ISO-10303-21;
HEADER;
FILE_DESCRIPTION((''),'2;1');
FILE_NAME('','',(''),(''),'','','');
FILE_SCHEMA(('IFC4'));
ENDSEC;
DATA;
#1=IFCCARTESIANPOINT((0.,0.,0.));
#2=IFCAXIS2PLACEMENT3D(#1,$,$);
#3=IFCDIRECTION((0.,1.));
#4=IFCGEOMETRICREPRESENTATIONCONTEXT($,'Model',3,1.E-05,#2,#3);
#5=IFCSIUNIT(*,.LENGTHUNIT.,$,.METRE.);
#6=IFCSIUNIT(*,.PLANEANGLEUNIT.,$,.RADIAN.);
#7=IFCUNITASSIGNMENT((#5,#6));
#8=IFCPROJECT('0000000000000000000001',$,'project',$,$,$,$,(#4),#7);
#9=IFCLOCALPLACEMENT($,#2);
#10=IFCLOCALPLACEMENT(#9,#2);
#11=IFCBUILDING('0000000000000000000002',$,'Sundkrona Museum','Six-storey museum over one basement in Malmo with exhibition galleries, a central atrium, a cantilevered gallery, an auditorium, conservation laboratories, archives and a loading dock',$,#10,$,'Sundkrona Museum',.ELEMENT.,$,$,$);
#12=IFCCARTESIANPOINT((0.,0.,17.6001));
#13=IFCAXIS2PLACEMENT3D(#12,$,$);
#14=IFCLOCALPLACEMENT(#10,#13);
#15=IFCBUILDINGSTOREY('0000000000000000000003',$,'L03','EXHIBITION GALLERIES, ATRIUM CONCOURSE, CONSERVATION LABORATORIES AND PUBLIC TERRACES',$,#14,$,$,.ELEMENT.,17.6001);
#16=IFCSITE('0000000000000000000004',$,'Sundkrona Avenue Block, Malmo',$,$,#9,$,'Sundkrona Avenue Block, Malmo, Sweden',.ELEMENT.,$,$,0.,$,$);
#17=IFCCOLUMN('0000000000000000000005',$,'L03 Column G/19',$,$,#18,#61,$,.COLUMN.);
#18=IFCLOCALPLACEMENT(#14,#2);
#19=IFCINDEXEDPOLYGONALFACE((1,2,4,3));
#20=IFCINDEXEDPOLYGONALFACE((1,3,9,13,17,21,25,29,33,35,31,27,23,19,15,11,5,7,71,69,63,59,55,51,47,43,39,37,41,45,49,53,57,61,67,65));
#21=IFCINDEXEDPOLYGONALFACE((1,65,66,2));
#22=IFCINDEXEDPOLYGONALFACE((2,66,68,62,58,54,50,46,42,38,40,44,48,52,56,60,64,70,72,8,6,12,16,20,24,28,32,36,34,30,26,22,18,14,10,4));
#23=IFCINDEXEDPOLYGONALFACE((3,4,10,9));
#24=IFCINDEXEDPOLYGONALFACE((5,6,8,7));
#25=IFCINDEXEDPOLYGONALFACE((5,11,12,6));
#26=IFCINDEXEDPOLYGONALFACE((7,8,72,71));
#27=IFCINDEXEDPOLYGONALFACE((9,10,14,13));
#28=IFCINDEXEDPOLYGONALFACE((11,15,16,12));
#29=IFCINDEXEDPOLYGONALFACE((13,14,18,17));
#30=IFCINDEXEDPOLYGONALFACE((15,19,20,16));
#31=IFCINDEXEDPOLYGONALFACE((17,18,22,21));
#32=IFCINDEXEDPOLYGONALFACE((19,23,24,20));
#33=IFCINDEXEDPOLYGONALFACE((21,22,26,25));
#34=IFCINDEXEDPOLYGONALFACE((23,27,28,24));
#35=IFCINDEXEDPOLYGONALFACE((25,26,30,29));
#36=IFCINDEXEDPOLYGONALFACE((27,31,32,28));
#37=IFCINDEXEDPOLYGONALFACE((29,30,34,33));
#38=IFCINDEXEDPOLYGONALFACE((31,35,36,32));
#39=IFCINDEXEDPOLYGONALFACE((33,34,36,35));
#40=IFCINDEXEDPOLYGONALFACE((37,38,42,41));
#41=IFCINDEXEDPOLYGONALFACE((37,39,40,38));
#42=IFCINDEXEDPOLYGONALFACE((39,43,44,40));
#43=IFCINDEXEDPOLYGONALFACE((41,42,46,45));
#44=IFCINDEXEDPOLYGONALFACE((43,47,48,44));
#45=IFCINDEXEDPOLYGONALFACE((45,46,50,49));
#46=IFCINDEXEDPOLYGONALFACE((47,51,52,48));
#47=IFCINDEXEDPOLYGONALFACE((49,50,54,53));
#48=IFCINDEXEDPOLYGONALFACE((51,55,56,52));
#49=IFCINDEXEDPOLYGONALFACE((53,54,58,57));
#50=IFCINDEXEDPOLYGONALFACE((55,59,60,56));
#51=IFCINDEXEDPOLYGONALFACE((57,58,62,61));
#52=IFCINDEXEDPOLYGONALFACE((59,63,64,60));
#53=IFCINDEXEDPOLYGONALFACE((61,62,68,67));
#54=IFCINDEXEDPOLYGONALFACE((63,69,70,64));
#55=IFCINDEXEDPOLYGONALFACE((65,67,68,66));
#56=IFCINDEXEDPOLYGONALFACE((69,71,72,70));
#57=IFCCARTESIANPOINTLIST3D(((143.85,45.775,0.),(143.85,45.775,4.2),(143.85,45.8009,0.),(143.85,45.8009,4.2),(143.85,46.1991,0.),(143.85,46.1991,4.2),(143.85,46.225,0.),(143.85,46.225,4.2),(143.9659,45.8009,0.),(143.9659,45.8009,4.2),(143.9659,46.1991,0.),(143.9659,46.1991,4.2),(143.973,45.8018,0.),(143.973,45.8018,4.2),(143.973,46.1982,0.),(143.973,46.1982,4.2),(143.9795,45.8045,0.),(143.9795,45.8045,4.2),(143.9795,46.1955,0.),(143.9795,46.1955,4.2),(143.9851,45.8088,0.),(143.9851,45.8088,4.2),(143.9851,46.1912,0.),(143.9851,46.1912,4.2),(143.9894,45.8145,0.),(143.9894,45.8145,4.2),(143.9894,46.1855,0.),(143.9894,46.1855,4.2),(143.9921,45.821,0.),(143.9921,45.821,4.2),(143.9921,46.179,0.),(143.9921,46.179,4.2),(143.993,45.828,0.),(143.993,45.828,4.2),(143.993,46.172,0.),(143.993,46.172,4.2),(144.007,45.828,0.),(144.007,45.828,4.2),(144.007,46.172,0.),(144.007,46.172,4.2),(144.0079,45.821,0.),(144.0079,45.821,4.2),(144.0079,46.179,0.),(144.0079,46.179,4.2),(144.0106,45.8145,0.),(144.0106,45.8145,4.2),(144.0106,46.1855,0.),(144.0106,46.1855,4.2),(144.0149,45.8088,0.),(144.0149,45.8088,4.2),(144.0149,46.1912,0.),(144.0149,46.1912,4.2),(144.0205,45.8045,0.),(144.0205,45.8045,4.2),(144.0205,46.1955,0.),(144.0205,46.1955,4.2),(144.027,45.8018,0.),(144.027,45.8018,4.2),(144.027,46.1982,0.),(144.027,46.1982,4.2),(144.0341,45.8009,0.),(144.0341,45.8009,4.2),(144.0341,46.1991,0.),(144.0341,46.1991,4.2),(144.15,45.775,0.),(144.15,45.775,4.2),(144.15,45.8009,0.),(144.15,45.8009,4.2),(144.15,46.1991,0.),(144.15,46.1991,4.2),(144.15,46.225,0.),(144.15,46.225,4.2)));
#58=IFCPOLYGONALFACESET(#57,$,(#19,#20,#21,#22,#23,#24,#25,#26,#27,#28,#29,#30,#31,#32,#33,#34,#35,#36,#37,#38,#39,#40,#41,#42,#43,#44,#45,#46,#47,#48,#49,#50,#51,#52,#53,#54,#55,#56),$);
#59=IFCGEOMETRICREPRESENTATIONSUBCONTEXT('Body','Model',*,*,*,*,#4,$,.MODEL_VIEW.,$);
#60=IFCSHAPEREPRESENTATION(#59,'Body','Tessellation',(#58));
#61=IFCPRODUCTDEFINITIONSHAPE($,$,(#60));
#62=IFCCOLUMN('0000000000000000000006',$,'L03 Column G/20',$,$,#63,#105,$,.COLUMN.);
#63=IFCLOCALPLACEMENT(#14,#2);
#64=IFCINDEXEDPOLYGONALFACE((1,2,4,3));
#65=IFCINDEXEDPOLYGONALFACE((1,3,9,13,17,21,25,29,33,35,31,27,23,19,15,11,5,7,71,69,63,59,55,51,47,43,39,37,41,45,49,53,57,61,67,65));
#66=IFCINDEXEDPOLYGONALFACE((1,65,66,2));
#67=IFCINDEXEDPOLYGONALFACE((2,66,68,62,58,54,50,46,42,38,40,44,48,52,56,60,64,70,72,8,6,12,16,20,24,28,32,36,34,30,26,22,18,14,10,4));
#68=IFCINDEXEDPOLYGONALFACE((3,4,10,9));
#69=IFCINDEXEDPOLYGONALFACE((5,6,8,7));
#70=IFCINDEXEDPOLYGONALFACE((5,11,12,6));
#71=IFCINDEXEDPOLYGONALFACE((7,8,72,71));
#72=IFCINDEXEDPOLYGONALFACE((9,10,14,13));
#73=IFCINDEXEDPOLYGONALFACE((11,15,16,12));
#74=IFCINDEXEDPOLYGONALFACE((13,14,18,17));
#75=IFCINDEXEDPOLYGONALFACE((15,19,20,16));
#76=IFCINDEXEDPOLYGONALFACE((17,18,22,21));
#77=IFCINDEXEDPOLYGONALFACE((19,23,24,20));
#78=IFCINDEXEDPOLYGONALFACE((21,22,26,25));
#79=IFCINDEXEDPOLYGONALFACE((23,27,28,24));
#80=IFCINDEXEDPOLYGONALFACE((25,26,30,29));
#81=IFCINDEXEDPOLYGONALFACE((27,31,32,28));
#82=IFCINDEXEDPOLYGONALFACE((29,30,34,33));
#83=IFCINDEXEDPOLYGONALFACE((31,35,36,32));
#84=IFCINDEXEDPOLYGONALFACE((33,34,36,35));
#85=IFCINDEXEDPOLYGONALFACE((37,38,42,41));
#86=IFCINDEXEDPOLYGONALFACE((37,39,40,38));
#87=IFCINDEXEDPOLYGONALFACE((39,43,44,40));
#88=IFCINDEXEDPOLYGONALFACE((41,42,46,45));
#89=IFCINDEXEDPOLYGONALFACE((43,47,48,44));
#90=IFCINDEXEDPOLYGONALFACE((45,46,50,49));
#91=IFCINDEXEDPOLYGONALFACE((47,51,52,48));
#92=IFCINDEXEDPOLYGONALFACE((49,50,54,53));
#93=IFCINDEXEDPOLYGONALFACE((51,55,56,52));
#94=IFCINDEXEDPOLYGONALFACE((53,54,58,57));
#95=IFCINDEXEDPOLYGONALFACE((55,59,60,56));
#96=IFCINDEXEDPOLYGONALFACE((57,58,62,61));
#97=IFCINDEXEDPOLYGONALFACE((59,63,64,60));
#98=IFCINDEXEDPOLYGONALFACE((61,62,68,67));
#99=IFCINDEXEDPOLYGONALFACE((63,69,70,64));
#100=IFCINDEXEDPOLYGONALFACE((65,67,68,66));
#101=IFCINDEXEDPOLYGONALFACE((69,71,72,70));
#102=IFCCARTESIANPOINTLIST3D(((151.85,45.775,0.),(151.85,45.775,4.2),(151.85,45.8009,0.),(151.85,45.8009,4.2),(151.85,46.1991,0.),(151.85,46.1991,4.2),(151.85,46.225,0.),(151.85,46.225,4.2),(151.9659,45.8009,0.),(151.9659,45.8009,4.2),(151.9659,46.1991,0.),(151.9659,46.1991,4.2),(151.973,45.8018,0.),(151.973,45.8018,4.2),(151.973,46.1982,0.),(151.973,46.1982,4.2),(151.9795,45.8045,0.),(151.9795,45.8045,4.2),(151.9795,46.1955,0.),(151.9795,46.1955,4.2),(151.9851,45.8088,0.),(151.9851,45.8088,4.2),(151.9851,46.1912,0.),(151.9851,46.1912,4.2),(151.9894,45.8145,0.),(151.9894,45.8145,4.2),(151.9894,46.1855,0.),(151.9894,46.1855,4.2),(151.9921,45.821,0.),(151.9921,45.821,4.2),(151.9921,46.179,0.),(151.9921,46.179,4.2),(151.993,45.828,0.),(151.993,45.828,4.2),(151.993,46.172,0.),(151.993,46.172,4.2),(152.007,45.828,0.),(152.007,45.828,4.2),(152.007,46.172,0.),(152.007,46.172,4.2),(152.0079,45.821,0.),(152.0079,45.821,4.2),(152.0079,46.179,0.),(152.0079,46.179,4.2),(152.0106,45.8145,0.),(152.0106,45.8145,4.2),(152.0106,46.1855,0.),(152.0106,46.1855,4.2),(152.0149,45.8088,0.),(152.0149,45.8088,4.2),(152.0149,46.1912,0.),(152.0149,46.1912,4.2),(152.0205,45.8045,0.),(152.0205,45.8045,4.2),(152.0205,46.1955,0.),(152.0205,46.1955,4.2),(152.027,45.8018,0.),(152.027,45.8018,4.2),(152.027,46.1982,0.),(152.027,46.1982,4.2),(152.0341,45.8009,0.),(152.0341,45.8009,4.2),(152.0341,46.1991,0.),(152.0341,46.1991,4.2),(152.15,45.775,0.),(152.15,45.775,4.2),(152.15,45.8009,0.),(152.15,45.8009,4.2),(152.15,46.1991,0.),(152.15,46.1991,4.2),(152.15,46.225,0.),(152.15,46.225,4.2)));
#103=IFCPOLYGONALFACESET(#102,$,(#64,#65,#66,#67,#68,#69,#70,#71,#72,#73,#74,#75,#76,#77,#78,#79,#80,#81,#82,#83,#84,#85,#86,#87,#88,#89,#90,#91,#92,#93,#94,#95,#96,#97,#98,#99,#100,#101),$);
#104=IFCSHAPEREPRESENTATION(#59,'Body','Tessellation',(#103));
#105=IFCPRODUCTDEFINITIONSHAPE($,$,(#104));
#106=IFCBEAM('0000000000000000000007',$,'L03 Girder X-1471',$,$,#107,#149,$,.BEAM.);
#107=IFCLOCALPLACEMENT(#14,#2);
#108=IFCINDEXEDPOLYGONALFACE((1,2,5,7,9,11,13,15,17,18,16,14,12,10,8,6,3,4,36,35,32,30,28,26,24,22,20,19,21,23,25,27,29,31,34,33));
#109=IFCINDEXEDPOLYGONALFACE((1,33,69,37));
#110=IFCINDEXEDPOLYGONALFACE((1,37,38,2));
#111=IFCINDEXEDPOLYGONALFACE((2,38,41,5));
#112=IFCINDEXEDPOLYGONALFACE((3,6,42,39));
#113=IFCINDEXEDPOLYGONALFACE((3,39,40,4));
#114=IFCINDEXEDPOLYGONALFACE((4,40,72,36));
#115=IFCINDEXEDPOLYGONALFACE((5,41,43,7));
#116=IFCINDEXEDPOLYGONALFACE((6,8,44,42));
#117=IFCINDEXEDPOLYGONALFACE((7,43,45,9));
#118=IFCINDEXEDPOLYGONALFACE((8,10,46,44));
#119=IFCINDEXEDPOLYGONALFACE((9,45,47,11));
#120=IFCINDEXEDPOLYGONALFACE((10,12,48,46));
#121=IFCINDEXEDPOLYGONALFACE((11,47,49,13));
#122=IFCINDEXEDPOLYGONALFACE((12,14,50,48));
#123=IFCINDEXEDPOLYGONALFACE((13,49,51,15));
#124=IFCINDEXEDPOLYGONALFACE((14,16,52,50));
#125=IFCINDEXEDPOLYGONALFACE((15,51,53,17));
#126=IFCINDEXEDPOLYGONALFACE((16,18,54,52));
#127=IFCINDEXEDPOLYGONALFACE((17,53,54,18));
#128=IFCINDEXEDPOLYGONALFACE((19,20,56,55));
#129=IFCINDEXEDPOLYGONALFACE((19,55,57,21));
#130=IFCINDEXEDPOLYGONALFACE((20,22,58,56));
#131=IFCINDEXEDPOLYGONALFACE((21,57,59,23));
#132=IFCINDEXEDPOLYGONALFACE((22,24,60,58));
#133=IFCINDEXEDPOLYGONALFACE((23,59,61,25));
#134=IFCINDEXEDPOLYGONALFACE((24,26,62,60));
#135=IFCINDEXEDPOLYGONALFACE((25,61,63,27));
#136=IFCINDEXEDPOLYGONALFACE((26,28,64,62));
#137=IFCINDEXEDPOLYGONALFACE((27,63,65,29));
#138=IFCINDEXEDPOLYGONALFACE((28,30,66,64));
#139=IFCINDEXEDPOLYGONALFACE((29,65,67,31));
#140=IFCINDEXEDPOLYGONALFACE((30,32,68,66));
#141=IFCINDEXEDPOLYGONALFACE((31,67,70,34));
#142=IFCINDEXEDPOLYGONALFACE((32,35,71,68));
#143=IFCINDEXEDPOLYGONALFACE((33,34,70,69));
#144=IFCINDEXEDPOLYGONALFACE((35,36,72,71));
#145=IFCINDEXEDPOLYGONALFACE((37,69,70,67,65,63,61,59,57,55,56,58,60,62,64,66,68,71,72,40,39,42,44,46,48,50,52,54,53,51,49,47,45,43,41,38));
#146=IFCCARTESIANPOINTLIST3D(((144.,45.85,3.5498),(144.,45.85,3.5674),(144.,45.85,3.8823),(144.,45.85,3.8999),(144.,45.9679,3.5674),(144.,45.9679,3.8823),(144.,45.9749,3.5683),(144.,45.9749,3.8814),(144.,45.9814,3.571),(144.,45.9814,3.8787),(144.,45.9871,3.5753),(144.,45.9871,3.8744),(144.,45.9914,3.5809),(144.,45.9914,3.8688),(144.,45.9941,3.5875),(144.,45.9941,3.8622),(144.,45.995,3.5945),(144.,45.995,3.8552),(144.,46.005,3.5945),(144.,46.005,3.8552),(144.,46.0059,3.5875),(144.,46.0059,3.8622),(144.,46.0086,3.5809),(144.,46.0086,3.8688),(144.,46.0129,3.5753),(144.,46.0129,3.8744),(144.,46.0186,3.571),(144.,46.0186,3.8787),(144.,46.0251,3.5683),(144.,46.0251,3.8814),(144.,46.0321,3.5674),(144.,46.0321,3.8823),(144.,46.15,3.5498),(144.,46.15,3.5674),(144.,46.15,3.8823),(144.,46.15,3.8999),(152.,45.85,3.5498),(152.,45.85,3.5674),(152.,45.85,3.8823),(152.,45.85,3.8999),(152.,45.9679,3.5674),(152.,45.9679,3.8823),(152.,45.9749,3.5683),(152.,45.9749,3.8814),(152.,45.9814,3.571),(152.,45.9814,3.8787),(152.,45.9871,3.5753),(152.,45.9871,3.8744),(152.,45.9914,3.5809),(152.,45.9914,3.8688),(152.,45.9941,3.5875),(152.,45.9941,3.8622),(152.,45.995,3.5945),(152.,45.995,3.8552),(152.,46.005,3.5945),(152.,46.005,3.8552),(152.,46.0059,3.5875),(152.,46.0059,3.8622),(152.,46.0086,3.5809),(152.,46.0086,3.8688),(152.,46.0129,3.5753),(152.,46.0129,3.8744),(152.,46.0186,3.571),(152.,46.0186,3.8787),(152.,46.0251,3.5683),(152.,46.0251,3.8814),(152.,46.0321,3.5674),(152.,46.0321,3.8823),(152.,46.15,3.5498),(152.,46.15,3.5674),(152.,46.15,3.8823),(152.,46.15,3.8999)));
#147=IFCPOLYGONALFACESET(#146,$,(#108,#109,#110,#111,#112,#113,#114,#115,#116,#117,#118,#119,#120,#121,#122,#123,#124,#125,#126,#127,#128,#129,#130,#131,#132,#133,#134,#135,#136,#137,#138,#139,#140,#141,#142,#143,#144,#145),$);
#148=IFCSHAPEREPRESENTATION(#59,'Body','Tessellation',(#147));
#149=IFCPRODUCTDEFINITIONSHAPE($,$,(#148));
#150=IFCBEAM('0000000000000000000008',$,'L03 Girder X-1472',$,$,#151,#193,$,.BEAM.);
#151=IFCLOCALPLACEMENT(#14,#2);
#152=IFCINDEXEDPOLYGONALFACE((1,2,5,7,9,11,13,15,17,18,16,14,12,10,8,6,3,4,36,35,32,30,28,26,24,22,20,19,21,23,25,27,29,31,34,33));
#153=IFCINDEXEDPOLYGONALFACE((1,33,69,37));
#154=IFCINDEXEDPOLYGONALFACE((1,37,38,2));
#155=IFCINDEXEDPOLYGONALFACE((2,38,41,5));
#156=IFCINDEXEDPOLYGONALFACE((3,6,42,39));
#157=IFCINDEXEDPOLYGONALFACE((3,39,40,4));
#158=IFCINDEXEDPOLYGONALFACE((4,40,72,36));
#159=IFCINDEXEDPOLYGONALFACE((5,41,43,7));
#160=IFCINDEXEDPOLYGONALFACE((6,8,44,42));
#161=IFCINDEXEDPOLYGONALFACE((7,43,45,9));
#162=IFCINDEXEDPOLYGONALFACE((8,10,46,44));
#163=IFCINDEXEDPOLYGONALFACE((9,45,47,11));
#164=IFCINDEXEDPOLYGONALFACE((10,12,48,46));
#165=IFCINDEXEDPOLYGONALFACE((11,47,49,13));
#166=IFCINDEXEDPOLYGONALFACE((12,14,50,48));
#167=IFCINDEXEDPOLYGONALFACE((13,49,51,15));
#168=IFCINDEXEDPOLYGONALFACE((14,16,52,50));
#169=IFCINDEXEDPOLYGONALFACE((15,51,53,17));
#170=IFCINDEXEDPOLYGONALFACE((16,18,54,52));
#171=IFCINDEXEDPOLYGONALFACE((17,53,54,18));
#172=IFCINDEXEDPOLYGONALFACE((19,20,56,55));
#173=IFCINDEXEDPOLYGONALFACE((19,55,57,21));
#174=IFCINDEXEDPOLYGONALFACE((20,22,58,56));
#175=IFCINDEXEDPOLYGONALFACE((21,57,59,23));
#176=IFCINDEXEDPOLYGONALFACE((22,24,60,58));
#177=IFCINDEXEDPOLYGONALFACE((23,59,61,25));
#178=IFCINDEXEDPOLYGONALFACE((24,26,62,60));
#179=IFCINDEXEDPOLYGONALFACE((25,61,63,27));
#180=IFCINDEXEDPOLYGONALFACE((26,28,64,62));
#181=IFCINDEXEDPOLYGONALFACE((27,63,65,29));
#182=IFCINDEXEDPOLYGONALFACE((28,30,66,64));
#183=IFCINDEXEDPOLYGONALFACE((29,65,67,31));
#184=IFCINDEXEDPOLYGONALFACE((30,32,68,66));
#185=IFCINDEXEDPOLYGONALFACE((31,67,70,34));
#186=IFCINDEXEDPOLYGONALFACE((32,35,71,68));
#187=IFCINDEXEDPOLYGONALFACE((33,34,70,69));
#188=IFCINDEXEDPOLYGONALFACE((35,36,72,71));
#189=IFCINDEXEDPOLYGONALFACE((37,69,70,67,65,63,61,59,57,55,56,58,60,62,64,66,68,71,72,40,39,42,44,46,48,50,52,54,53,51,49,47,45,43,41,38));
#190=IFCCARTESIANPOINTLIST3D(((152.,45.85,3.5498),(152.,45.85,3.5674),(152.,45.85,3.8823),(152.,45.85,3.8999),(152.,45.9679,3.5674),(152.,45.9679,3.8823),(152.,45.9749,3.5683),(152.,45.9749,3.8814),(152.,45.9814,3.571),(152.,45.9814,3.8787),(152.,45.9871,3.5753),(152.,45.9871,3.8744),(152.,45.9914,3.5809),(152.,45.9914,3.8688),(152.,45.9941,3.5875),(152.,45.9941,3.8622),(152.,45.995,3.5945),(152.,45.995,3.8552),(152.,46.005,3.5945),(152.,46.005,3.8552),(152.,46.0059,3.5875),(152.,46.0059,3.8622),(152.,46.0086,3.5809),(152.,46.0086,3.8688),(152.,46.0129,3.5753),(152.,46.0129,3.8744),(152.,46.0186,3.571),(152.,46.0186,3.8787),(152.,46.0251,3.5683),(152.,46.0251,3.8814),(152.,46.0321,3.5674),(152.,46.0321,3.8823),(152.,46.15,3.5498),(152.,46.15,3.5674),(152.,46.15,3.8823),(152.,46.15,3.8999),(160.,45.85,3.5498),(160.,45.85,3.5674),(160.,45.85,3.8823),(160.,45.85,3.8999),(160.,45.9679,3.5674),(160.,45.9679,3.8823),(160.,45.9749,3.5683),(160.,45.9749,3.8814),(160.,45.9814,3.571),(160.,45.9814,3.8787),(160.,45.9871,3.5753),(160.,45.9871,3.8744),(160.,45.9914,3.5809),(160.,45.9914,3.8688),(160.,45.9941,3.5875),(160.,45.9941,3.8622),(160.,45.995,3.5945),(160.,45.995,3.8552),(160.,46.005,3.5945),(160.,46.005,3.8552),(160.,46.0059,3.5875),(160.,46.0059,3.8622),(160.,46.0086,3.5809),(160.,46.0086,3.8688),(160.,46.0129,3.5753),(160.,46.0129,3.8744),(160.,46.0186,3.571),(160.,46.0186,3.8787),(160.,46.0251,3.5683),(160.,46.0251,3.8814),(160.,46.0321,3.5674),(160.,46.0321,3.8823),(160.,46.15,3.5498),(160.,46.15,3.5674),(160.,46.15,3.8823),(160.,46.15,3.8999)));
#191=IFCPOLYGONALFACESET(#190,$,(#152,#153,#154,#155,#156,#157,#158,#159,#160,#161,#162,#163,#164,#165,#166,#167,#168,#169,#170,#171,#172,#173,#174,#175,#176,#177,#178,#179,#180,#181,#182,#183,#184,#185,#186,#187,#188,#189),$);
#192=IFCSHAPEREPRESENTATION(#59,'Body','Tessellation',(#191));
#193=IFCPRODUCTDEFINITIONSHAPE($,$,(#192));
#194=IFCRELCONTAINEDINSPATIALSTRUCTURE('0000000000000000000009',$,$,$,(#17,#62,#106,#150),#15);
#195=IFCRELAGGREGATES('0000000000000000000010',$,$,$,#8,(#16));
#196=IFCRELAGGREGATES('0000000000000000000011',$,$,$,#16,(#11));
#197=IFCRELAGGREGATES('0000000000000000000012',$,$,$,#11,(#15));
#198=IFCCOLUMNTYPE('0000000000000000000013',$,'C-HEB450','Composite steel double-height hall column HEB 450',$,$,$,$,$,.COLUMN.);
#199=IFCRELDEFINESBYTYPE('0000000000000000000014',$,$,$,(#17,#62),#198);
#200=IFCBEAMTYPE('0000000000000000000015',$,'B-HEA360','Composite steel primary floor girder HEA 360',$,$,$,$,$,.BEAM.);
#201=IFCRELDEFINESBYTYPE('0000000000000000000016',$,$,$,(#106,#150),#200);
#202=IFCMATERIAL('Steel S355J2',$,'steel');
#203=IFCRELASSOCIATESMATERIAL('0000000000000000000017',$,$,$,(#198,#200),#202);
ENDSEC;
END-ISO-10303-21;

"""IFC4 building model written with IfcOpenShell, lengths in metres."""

from ifc_helpers import new_model, si_unit, direction, frame, origin, origin_2d, place, context, subcontext, project, spatial, i_section, extrude, material, material_profile, profile_set, type_object, element, save


model = new_model("IFC4")

# Units and contexts
model_context = context("Model", 3, precision=1e-05, world=origin(), true_north=direction((0.0, 1.0)))
body_context = subcontext(model_context, "Body", "Model", "MODEL_VIEW")
ifc_project = project(units=[si_unit("LENGTHUNIT", "METRE"), si_unit("PLANEANGLEUNIT", "RADIAN")], contexts=[model_context])

# Site, building, storey
site_placement = place(None, origin())
site = spatial("IfcSite", under=ifc_project, at=site_placement, Name="Sundkrona Avenue Block, Malmo", LongName="Sundkrona Avenue Block, Malmo, Sweden", CompositionType="ELEMENT", RefElevation=0.0)
building_placement = place(site_placement, origin())
building = spatial("IfcBuilding", under=site, at=building_placement, Name="Sundkrona Museum", Description="Six-storey museum over one basement in Malmo with exhibition galleries, a central atrium, a cantilevered gallery, an auditorium, conservation laboratories, archives and a loading dock", LongName="Sundkrona Museum", CompositionType="ELEMENT")
storey_placement = place(building_placement, frame((0.0, 0.0, 17.6001)))
storey = spatial("IfcBuildingStorey", under=building, at=storey_placement, Name="L03", Description="EXHIBITION GALLERIES, ATRIUM CONCOURSE, CONSERVATION LABORATORIES AND PUBLIC TERRACES", CompositionType="ELEMENT", Elevation=17.6001)

# Columns
ifc_material_1 = material(Name="Steel S355J2", Category="steel")
ifc_material_profile_1 = material_profile(ifc_material_1, i_section(OverallWidth=0.3, OverallDepth=0.45, WebThickness=0.0139, FlangeThickness=0.0259, FilletRadius=0.0271, at=origin_2d()), Name="HEB 450")
ifc_profile_set_1 = profile_set([ifc_material_profile_1], Name="Steel S355J2")
column_type_1 = type_object("IfcColumnType", Name="C-HEB450", Description="Composite steel double-height hall column HEB 450", PredefinedType="COLUMN", material=ifc_profile_set_1)
for number, where, z_axis, x_axis, name in (
    (1, (144.0, 46.0, 0.0), (0.0, 0.0, 1.0), (1.0, 0.0, 0.0), "L03 Column G/19"),
    (2, (152.0, 46.0, 0.0), (0.0, 0.0, 1.0), (1.0, 0.0, 0.0), "L03 Column G/20"),
):
    element("IfcColumn", number, at=place(storey_placement, frame(where, z_axis=z_axis, x_axis=x_axis)), inside=storey, type_object=column_type_1, Name=name, PredefinedType="COLUMN", context=body_context, shape_type="SweptSolid", body=[
        extrude(i_section(OverallWidth=0.3, OverallDepth=0.45, WebThickness=0.0139, FlangeThickness=0.0259, FilletRadius=0.0271, at=origin_2d()), origin(), (0.0, 0.0, 1.0), 4.2),
    ])

# Beams
ifc_material_profile_2 = material_profile(ifc_material_1, i_section(OverallWidth=0.3, OverallDepth=0.3501, WebThickness=0.01, FlangeThickness=0.0176, FilletRadius=0.0271, at=origin_2d()), Name="HEA 360")
ifc_profile_set_2 = profile_set([ifc_material_profile_2], Name="Steel S355J2")
beam_type_1 = type_object("IfcBeamType", Name="B-HEA360", Description="Composite steel primary floor girder HEA 360", PredefinedType="BEAM", material=ifc_profile_set_2)
for number, where, z_axis, x_axis, name in (
    (3, (144.0, 46.0, 3.7249), (1.0, 0.0, 0.0), (0.0, 1.0, 0.0), "L03 Girder X-1471"),
    (4, (152.0, 46.0, 3.7249), (1.0, 0.0, 0.0), (0.0, 1.0, 0.0), "L03 Girder X-1472"),
):
    element("IfcBeam", number, at=place(storey_placement, frame(where, z_axis=z_axis, x_axis=x_axis)), inside=storey, type_object=beam_type_1, Name=name, PredefinedType="BEAM", context=body_context, shape_type="SweptSolid", body=[
        extrude(i_section(OverallWidth=0.3, OverallDepth=0.3501, WebThickness=0.01, FlangeThickness=0.0176, FilletRadius=0.0271, at=origin_2d()), origin(), (0.0, 0.0, 1.0), 8.0),
    ])

save(model, "model.ifc")
